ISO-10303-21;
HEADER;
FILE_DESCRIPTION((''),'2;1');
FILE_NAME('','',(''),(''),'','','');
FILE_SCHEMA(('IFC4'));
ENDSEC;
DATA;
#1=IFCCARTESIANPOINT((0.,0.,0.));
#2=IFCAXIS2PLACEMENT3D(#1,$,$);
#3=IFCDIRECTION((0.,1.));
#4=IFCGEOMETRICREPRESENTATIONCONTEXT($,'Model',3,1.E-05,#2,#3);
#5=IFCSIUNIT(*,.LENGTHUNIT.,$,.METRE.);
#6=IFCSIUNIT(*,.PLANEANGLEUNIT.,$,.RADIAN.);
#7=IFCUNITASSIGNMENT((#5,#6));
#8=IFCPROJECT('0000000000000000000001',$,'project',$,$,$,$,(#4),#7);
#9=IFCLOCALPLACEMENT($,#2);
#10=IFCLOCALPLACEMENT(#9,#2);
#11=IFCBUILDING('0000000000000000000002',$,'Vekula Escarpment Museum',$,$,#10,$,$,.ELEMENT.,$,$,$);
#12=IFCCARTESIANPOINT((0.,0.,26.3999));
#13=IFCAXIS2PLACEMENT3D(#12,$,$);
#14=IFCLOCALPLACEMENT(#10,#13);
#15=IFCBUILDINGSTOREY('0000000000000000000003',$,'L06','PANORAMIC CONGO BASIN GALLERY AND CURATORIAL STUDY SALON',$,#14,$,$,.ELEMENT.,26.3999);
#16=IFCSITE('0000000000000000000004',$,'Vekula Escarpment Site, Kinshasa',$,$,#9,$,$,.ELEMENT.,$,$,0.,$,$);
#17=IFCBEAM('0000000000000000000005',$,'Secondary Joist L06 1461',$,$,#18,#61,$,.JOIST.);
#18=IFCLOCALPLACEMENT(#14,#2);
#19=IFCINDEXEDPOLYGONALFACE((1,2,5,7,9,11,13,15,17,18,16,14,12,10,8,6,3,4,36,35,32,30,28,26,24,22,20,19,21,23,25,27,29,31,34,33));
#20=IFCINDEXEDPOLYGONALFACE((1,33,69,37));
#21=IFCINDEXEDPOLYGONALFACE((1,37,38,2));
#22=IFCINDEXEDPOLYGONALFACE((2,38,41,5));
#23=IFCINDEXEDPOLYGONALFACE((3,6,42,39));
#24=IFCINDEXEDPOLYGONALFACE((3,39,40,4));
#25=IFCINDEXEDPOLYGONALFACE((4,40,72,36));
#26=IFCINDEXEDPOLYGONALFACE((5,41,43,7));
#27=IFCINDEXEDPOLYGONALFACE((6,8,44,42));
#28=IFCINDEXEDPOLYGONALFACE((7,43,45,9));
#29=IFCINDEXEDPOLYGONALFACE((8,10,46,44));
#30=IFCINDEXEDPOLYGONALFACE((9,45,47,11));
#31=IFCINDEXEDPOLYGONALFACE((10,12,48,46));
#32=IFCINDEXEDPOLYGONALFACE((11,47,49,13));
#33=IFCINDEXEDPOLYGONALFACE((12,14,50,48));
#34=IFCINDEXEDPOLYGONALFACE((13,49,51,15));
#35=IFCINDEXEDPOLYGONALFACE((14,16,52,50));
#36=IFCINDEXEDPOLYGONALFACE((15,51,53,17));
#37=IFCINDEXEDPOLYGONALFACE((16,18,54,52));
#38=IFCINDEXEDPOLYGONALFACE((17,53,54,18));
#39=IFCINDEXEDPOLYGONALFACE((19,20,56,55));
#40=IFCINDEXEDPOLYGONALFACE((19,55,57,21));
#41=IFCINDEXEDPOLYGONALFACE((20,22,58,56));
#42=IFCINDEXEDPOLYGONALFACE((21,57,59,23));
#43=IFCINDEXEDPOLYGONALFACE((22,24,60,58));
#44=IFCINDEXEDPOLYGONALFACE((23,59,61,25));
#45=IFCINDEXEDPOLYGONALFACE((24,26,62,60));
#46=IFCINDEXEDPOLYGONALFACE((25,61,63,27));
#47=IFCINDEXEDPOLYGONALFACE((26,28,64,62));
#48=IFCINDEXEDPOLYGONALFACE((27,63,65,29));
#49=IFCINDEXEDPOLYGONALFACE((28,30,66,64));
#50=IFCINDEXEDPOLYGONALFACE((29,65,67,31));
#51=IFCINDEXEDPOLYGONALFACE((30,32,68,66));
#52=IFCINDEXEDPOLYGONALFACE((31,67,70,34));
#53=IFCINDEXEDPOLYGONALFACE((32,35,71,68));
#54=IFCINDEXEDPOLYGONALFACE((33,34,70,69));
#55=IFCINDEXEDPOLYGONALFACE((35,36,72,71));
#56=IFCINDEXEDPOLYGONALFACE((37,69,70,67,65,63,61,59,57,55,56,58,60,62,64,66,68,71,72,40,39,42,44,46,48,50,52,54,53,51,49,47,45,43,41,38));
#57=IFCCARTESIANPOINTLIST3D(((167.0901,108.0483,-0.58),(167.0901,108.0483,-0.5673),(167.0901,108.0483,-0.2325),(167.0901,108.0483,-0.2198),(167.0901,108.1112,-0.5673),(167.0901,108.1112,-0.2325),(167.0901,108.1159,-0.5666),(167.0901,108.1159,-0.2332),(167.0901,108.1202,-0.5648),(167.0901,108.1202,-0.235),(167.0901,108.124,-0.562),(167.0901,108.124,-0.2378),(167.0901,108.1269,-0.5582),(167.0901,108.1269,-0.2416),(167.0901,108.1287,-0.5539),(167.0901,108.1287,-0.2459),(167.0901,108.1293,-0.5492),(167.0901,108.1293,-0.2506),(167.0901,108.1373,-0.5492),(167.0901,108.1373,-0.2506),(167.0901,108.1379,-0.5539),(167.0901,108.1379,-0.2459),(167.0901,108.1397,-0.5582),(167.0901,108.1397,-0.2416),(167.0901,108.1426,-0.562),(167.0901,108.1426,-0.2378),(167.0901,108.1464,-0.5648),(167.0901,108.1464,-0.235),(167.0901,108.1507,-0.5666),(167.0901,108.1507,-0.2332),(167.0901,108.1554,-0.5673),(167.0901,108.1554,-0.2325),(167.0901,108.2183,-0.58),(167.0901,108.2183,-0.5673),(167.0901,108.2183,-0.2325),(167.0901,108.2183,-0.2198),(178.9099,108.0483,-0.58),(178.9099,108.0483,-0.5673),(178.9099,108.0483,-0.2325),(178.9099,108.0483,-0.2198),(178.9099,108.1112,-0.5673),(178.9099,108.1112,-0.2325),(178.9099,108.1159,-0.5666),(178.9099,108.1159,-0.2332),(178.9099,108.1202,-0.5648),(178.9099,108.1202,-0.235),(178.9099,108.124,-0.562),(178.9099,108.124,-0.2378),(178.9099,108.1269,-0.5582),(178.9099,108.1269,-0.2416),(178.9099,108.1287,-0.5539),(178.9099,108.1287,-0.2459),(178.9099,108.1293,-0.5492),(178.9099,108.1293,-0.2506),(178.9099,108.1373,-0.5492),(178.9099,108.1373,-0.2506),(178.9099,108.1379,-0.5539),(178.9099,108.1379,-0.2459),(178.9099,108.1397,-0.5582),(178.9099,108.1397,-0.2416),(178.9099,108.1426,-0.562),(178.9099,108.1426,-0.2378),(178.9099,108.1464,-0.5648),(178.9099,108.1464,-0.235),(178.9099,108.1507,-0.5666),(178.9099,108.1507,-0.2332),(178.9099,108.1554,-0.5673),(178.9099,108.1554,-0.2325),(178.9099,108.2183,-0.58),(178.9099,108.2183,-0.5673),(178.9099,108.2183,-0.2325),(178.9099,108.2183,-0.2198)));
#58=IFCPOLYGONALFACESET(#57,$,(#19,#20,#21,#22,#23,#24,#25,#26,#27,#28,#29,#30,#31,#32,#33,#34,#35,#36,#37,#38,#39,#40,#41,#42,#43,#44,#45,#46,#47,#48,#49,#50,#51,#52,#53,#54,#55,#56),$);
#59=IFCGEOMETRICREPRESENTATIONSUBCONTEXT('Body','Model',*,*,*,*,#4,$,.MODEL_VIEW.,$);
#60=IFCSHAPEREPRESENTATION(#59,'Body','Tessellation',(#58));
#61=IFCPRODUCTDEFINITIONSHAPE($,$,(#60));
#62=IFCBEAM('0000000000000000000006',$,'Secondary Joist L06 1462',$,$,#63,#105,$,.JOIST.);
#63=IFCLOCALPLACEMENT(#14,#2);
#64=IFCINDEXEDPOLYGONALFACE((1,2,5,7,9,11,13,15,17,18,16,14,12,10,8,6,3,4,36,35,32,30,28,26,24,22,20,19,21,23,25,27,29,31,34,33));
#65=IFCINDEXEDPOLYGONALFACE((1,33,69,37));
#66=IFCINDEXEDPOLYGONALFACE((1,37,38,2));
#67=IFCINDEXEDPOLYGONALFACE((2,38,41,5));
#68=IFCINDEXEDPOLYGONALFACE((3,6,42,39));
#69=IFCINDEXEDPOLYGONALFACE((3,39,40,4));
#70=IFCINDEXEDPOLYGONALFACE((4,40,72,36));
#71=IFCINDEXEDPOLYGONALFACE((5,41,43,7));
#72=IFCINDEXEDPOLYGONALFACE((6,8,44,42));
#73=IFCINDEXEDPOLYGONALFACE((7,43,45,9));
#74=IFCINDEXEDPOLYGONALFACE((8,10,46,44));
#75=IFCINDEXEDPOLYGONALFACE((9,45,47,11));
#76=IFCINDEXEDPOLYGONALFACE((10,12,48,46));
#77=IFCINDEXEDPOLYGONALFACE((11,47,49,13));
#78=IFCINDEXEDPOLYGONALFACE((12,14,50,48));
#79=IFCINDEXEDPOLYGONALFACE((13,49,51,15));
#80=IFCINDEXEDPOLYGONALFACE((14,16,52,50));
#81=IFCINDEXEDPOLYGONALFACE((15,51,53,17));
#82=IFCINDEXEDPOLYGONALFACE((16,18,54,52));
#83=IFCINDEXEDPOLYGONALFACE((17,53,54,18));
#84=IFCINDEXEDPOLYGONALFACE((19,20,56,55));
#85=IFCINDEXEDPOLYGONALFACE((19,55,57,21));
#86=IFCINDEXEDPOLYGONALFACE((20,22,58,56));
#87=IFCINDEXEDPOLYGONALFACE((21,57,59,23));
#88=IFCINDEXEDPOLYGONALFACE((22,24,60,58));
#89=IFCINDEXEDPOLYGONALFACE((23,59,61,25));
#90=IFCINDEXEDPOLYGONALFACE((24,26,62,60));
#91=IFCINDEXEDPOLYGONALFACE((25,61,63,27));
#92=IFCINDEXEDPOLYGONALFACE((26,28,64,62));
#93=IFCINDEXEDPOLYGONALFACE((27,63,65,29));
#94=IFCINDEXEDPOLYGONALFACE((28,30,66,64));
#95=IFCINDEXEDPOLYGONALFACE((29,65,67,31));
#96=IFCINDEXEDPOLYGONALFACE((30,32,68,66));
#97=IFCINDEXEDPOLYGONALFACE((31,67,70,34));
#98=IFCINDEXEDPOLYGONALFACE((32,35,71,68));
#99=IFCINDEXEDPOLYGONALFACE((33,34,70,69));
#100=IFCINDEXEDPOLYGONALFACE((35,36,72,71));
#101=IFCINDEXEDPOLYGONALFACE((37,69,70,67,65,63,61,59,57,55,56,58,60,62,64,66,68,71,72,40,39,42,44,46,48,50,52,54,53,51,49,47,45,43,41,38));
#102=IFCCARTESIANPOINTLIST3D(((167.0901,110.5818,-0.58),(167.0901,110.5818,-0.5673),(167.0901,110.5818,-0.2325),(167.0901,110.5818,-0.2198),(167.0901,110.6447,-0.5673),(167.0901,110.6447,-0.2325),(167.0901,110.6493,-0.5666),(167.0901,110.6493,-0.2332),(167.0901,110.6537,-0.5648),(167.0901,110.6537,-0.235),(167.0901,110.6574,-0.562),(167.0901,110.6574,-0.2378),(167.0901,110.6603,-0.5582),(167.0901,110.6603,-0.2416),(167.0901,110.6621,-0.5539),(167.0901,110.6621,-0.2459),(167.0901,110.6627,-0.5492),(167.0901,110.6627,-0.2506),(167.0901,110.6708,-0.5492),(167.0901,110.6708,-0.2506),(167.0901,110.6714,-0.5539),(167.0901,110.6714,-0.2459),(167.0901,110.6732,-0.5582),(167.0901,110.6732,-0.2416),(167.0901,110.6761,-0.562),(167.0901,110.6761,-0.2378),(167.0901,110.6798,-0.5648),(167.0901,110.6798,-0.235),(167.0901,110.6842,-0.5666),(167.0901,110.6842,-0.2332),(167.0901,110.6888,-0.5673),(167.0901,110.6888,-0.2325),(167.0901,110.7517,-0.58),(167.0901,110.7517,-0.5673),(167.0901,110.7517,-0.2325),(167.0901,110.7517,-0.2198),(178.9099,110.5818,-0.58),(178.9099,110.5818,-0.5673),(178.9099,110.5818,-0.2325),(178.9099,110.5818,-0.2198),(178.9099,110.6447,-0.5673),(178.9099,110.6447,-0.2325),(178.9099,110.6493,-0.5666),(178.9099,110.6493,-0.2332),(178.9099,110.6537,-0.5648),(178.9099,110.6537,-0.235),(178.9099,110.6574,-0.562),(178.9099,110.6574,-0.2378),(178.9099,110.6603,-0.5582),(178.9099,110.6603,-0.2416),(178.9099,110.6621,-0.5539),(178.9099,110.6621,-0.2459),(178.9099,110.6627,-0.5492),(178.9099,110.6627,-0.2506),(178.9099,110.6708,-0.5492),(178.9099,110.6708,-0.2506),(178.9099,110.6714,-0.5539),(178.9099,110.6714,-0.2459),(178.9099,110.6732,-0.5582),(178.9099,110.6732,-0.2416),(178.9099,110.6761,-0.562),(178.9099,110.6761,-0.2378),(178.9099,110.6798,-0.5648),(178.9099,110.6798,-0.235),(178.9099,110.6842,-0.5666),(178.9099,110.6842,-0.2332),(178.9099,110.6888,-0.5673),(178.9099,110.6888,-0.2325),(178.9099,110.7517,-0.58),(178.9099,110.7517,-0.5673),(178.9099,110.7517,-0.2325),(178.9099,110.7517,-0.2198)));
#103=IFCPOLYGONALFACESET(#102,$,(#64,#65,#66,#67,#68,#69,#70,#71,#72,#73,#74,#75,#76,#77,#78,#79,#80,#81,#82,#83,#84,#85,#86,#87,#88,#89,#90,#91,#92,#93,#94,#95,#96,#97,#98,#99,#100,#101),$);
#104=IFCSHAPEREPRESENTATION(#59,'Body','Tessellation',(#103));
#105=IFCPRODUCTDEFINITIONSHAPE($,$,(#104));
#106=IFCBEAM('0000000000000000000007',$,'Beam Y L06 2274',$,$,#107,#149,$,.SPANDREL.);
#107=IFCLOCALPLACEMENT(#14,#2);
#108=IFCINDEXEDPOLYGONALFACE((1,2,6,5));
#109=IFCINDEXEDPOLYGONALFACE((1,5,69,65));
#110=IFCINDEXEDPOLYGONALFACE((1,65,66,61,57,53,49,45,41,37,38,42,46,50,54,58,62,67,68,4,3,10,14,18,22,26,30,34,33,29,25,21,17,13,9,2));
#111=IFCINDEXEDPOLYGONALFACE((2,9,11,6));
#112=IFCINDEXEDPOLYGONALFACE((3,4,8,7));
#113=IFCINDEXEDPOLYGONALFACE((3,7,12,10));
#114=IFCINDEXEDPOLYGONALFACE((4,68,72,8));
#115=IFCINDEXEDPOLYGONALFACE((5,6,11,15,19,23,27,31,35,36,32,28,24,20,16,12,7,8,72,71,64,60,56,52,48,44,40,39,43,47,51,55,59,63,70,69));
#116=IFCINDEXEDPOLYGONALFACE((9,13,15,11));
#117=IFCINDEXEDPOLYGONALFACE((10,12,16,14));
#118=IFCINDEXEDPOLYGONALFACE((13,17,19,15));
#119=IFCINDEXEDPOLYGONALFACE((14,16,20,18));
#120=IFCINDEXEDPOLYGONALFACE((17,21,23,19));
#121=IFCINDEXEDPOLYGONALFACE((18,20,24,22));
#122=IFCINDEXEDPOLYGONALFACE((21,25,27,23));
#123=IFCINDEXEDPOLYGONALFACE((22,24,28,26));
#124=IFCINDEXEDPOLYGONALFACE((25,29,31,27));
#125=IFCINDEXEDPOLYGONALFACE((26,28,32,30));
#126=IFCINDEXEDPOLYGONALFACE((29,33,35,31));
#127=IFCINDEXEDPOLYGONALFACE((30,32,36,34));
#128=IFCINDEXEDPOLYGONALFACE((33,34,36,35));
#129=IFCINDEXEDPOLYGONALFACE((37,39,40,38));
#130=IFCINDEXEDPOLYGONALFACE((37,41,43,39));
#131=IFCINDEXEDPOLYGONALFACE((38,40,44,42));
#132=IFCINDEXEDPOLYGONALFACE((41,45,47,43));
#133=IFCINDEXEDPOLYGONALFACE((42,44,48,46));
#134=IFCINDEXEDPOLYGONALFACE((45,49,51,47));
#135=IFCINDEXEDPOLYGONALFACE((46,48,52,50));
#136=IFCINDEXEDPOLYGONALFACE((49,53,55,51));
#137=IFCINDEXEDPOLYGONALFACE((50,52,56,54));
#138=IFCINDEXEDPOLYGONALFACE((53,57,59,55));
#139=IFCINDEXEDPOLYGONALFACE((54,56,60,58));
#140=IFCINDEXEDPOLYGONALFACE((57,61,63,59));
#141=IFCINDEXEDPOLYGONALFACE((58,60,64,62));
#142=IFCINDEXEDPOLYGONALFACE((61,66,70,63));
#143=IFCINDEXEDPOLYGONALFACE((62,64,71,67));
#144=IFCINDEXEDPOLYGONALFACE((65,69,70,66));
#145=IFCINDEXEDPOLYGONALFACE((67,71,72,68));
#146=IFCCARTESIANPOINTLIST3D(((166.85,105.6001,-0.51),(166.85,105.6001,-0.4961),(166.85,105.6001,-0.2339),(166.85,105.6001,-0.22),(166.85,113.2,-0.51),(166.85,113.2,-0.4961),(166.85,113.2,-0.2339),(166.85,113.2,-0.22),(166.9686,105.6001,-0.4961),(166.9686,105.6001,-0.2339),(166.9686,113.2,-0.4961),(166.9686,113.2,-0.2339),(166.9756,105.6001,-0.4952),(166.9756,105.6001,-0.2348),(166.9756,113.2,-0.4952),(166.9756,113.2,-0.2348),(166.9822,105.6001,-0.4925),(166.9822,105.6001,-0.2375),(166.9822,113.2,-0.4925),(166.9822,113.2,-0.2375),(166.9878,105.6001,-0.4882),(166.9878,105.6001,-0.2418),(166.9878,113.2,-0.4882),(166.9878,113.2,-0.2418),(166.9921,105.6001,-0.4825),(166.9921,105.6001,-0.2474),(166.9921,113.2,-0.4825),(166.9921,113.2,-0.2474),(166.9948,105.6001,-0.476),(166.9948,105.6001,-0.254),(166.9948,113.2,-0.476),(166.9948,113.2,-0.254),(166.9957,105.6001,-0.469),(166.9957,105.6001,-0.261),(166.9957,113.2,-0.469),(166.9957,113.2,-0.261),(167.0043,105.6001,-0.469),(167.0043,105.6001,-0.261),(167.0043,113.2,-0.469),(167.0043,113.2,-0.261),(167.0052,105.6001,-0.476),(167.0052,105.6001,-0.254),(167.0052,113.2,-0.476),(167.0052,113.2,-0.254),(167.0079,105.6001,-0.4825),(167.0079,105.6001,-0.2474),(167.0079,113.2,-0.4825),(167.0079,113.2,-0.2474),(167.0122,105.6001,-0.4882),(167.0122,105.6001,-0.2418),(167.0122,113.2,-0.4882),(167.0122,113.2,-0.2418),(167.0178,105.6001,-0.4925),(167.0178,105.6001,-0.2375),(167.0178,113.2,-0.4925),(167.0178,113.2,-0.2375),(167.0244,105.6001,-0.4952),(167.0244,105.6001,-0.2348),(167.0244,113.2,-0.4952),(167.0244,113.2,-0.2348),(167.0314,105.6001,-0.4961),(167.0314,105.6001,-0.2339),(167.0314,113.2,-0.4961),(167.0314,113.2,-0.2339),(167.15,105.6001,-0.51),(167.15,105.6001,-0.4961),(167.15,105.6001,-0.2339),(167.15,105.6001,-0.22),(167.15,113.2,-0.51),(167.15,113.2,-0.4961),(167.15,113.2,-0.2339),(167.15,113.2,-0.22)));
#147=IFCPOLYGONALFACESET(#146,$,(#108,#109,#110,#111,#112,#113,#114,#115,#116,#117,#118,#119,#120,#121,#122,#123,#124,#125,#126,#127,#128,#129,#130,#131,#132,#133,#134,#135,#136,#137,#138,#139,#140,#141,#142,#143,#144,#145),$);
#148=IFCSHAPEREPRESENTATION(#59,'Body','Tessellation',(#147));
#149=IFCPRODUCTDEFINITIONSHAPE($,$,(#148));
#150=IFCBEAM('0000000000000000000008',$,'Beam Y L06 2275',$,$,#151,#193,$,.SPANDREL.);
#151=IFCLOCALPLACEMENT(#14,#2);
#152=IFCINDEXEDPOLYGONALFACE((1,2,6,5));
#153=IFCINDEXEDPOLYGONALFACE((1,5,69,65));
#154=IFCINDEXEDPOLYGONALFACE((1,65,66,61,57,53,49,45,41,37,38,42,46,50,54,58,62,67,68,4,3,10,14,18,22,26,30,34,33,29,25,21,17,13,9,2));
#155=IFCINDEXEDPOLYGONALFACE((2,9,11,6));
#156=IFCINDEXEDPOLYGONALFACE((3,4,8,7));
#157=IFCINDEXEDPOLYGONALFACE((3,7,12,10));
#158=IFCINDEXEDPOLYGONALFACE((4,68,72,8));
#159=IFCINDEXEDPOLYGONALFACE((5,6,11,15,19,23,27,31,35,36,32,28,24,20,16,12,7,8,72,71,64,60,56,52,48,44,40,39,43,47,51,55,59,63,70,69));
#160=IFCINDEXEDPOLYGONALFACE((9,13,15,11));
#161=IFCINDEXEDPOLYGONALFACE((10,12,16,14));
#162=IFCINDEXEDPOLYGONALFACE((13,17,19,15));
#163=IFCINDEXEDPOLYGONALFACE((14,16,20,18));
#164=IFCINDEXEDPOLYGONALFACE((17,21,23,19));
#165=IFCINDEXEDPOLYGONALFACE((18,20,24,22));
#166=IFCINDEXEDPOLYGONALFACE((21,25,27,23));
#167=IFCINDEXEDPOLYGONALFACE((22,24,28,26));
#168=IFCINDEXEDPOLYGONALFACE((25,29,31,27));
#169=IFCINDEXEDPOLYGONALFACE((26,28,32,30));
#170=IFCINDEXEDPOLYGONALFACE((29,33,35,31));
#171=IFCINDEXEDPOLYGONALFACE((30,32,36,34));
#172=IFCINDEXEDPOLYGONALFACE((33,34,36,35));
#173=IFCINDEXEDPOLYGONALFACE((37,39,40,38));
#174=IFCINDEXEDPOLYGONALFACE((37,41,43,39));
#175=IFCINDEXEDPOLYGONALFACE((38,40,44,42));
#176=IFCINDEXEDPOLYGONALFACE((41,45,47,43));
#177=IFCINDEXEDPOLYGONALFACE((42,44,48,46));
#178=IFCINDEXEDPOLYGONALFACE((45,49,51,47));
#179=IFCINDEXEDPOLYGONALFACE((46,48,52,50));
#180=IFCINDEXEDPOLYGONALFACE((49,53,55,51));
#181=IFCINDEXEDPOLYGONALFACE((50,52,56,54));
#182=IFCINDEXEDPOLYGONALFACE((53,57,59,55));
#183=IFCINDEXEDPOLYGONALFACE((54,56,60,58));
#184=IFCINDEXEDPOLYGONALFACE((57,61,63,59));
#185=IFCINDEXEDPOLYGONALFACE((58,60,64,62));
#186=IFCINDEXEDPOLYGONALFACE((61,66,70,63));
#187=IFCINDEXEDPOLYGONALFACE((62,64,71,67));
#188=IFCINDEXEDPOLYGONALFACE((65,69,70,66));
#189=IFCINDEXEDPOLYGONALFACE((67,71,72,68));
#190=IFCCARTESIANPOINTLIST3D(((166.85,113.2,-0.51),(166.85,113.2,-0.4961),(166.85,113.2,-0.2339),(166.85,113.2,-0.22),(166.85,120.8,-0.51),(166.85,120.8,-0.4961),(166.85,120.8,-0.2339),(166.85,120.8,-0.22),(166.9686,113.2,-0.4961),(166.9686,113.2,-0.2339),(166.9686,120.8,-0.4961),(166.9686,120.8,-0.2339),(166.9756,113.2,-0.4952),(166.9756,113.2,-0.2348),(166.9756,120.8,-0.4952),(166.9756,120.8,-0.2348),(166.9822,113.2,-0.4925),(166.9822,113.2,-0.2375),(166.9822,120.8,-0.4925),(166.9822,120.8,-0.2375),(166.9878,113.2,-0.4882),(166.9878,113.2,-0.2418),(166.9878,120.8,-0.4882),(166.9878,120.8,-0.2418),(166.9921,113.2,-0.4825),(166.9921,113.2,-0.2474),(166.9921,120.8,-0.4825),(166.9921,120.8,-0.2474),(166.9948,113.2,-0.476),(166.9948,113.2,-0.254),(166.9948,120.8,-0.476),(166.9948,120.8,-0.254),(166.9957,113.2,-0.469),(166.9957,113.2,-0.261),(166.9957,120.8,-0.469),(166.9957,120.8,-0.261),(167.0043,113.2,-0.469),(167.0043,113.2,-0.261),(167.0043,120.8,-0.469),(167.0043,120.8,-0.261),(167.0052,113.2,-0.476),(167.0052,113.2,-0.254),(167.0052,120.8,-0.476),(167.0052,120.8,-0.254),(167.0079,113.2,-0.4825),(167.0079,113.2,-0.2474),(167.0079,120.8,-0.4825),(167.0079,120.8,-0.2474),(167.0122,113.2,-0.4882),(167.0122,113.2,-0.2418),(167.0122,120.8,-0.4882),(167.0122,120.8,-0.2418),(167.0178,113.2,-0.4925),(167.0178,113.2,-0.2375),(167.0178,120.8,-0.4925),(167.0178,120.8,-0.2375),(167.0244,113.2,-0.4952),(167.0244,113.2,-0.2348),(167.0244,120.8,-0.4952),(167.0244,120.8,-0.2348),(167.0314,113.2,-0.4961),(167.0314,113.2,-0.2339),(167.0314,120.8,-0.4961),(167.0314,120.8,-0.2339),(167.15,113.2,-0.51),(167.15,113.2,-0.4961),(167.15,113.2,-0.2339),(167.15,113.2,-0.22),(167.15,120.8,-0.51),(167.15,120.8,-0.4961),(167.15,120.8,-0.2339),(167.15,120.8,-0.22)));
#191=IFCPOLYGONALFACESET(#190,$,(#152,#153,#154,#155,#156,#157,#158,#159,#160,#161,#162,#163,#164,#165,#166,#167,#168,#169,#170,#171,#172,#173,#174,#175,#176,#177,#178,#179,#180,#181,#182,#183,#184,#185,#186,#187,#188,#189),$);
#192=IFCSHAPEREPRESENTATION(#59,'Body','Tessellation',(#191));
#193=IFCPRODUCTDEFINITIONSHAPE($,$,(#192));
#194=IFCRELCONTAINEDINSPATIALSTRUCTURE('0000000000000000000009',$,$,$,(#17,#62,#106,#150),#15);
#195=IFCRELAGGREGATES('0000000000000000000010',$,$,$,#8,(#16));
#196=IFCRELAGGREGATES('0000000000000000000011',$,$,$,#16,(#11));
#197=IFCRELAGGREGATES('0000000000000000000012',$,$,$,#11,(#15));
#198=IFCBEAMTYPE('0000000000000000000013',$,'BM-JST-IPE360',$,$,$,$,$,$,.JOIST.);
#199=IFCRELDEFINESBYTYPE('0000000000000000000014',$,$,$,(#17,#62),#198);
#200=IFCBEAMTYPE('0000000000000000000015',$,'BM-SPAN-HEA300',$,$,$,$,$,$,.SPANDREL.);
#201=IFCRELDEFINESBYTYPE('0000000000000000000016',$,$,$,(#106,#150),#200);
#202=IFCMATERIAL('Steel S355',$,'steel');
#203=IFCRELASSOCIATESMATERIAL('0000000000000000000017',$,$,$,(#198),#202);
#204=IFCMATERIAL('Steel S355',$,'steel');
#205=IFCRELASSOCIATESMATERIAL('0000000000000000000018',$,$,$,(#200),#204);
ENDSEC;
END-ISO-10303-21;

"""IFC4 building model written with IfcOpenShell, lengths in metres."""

from ifc_helpers import new_model, si_unit, direction, frame, origin, origin_2d, place, context, subcontext, project, spatial, i_section, extrude, material, material_profile, profile_set, type_object, element, save


model = new_model("IFC4")

# Units and contexts
model_context = context("Model", 3, precision=1e-05, world=origin(), true_north=direction((0.0, 1.0)))
body_context = subcontext(model_context, "Body", "Model", "MODEL_VIEW")
ifc_project = project(units=[si_unit("LENGTHUNIT", "METRE"), si_unit("PLANEANGLEUNIT", "RADIAN")], contexts=[model_context])

# Site, building, storey
site_placement = place(None, origin())
site = spatial("IfcSite", under=ifc_project, at=site_placement, Name="Vekula Escarpment Site, Kinshasa", CompositionType="ELEMENT", RefElevation=0.0)
building_placement = place(site_placement, origin())
building = spatial("IfcBuilding", under=site, at=building_placement, Name="Vekula Escarpment Museum", CompositionType="ELEMENT")
storey_placement = place(building_placement, frame((0.0, 0.0, 26.3999)))
storey = spatial("IfcBuildingStorey", under=building, at=storey_placement, Name="L06", Description="PANORAMIC CONGO BASIN GALLERY AND CURATORIAL STUDY SALON", CompositionType="ELEMENT", Elevation=26.3999)

# Beams
ifc_material_1 = material(Name="Steel S355", Category="steel")
ifc_material_profile_1 = material_profile(ifc_material_1, i_section(OverallWidth=0.1699, OverallDepth=0.3601, WebThickness=0.0081, FlangeThickness=0.0127, FilletRadius=0.0181, at=origin_2d()), Name="IPE 360")
ifc_profile_set_1 = profile_set([ifc_material_profile_1], Name="Steel S355")
beam_type_1 = type_object("IfcBeamType", Name="BM-JST-IPE360", PredefinedType="JOIST", material=ifc_profile_set_1)
for number, where, z_axis, x_axis, name in (
    (1, (167.0901, 108.1333, -0.3999), (1.0, 0.0, 0.0), (0.0, 1.0, 0.0), "Secondary Joist L06 1461"),
    (2, (167.0901, 110.6667, -0.3999), (1.0, 0.0, 0.0), (0.0, 1.0, 0.0), "Secondary Joist L06 1462"),
):
    element("IfcBeam", number, at=place(storey_placement, frame(where, z_axis=z_axis, x_axis=x_axis)), inside=storey, type_object=beam_type_1, Name=name, PredefinedType="JOIST", context=body_context, shape_type="SweptSolid", body=[
        extrude(i_section(OverallWidth=0.1699, OverallDepth=0.3601, WebThickness=0.0081, FlangeThickness=0.0127, FilletRadius=0.0181, at=origin_2d()), origin(), (0.0, 0.0, 1.0), 11.8198),
    ])
ifc_material_2 = material(Name="Steel S355", Category="steel")
ifc_material_profile_2 = material_profile(ifc_material_2, i_section(OverallWidth=0.3, OverallDepth=0.29, WebThickness=0.0085, FlangeThickness=0.0139, FilletRadius=0.0271, at=origin_2d()), Name="HEA 300")
ifc_profile_set_2 = profile_set([ifc_material_profile_2], Name="Steel S355")
beam_type_2 = type_object("IfcBeamType", Name="BM-SPAN-HEA300", PredefinedType="SPANDREL", material=ifc_profile_set_2)
beam_1_placement = place(storey_placement, frame((167.0, 105.6001, -0.365), z_axis=(0.0, 1.0, 0.0), x_axis=(-1.0, 0.0, 0.0)))
element("IfcBeam", 3, at=beam_1_placement, inside=storey, type_object=beam_type_2, Name="Beam Y L06 2274", PredefinedType="SPANDREL", context=body_context, shape_type="SweptSolid", body=[
    extrude(i_section(OverallWidth=0.3, OverallDepth=0.29, WebThickness=0.0085, FlangeThickness=0.0139, FilletRadius=0.0271, at=origin_2d()), origin(), (0.0, 0.0, 1.0), 7.5999),
])
beam_2_placement = place(storey_placement, frame((167.0, 113.2, -0.365), z_axis=(0.0, 1.0, 0.0), x_axis=(-1.0, 0.0, 0.0)))
element("IfcBeam", 4, at=beam_2_placement, inside=storey, type_object=beam_type_2, Name="Beam Y L06 2275", PredefinedType="SPANDREL", context=body_context, shape_type="SweptSolid", body=[
    extrude(i_section(OverallWidth=0.3, OverallDepth=0.29, WebThickness=0.0085, FlangeThickness=0.0139, FilletRadius=0.0271, at=origin_2d()), origin(), (0.0, 0.0, 1.0), 7.6001),
])

save(model, "model.ifc")
